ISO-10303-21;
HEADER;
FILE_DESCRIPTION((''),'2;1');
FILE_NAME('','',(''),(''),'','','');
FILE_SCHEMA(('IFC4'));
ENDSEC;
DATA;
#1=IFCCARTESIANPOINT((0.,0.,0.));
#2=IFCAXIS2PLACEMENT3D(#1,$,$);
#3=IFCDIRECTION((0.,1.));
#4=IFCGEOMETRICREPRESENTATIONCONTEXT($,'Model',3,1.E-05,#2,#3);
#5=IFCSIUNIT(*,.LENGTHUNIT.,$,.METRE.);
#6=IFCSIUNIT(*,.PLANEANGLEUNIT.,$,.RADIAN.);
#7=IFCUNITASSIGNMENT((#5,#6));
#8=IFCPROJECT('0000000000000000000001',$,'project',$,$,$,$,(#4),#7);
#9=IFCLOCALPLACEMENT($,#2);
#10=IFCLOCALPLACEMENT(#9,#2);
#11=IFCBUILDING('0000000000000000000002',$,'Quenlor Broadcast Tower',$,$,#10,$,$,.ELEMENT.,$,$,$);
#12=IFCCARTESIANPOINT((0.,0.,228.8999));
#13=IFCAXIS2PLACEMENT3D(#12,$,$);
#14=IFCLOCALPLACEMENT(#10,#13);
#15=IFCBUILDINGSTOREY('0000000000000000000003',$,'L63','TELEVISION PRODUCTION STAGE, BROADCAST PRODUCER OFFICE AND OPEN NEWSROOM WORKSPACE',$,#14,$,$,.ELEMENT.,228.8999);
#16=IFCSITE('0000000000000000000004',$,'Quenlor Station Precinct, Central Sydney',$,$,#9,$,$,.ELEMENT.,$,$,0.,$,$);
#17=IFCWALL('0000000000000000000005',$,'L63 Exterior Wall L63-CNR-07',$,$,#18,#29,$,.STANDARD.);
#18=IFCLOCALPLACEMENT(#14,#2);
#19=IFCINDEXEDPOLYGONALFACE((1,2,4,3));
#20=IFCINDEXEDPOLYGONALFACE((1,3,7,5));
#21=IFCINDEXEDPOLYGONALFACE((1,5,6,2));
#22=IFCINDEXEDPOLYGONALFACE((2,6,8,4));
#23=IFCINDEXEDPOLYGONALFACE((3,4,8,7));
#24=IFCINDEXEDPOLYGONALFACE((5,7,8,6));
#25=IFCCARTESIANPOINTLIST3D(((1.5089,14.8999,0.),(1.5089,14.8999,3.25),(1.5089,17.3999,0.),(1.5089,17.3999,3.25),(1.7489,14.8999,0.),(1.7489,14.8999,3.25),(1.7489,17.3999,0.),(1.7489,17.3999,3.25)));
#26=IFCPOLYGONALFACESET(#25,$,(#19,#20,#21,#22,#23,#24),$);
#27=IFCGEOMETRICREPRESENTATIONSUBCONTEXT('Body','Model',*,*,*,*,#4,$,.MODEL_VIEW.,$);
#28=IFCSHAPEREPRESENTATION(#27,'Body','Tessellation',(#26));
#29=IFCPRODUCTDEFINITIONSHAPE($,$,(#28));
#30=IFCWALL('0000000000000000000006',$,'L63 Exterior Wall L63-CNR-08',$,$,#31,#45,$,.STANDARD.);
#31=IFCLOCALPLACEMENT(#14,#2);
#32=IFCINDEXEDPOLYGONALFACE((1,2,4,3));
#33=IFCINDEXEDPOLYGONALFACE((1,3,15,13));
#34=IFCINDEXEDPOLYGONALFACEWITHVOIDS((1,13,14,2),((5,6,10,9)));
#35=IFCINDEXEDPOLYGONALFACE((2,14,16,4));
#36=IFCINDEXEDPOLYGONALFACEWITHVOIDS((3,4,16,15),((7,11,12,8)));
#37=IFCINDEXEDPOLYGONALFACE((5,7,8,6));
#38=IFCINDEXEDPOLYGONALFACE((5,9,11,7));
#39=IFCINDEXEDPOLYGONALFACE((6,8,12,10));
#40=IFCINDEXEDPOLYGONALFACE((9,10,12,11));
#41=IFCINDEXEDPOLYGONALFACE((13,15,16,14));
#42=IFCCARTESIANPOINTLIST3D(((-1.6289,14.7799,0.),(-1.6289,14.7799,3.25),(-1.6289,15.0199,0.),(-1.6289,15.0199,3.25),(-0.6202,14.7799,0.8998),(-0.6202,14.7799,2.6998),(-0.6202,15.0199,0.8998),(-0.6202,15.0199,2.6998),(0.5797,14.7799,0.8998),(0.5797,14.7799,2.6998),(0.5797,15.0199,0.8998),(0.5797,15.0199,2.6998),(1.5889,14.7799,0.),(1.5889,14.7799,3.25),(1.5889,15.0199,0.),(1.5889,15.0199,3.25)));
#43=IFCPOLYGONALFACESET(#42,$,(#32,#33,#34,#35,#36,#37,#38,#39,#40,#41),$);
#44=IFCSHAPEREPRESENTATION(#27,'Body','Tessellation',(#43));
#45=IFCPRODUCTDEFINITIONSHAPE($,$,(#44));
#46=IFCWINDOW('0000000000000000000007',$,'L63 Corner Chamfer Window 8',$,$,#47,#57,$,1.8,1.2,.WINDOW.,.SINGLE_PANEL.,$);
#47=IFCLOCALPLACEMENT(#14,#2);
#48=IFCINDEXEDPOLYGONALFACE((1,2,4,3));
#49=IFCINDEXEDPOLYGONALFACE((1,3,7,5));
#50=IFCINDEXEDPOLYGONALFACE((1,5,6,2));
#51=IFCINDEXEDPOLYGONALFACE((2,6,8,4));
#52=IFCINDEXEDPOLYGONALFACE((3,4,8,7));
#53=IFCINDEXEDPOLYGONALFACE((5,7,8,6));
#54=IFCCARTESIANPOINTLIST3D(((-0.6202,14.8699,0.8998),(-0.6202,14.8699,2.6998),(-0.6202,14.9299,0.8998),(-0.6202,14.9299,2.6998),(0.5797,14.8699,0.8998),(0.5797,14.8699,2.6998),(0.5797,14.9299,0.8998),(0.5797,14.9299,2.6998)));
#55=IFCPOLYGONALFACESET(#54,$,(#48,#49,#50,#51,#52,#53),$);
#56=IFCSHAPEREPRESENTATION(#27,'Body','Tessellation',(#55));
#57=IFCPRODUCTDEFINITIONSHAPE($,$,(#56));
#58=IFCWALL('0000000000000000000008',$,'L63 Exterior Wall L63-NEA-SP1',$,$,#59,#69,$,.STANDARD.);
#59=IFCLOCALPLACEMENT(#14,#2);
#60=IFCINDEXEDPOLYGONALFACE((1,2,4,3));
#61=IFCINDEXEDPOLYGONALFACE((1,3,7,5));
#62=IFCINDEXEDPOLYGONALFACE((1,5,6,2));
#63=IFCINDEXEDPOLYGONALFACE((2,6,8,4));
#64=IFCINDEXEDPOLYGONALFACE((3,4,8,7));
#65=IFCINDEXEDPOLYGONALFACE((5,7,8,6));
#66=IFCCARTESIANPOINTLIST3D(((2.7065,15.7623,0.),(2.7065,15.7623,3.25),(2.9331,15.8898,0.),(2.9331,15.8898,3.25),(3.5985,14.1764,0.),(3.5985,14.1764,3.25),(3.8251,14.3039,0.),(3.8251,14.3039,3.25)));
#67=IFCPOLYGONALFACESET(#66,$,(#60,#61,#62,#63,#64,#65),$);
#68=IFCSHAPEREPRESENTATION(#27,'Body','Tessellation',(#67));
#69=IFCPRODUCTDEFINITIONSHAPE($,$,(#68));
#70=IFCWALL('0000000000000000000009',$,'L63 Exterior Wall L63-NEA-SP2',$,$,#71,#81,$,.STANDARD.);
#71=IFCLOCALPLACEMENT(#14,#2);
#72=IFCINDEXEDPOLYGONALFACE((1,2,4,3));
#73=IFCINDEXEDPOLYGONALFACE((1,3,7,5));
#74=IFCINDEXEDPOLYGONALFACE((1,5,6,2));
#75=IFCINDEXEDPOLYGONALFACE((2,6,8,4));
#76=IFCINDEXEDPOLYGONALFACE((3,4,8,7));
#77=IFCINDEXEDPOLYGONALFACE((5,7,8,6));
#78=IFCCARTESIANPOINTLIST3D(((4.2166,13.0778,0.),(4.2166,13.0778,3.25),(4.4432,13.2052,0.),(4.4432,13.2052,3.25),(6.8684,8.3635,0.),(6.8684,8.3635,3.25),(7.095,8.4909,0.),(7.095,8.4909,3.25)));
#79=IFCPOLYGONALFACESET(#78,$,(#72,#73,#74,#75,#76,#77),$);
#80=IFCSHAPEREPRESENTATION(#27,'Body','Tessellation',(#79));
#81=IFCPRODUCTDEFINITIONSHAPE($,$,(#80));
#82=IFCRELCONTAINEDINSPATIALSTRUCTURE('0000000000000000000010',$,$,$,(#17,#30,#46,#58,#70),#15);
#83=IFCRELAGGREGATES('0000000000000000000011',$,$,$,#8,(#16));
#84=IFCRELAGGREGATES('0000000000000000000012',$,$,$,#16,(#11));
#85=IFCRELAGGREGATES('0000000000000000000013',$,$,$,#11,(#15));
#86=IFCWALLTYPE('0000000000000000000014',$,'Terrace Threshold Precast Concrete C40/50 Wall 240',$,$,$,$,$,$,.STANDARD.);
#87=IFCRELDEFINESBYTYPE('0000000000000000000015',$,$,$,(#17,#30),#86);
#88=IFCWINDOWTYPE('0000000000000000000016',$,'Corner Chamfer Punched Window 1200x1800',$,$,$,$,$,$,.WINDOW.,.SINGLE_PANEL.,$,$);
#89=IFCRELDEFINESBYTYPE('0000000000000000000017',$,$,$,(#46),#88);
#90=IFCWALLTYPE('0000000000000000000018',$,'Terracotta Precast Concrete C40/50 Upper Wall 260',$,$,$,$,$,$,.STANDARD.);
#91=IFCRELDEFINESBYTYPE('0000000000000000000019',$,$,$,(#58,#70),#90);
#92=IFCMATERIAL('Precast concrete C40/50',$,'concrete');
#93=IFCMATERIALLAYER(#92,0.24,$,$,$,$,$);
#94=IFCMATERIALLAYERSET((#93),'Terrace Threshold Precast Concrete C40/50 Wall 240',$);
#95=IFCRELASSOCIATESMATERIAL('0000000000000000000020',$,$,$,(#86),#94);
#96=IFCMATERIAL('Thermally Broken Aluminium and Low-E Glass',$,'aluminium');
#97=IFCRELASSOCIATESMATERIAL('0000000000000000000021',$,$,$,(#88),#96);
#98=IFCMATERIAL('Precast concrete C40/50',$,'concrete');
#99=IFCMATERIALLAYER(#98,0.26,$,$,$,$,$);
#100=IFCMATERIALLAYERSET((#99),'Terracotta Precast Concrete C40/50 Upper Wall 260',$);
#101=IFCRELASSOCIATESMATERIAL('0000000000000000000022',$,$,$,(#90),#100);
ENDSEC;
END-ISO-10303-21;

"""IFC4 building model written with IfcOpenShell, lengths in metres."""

from ifc_helpers import new_model, si_unit, direction, frame, frame_2d, origin, place, context, subcontext, project, spatial, rectangle, extrude, material, layer, layer_set, type_object, element, fill, save


model = new_model("IFC4")

# Units and contexts
model_context = context("Model", 3, precision=1e-05, world=origin(), true_north=direction((0.0, 1.0)))
body_context = subcontext(model_context, "Body", "Model", "MODEL_VIEW")
ifc_project = project(units=[si_unit("LENGTHUNIT", "METRE"), si_unit("PLANEANGLEUNIT", "RADIAN")], contexts=[model_context])

# Site, building, storey
site_placement = place(None, origin())
site = spatial("IfcSite", under=ifc_project, at=site_placement, Name="Quenlor Station Precinct, Central Sydney", CompositionType="ELEMENT", RefElevation=0.0)
building_placement = place(site_placement, origin())
building = spatial("IfcBuilding", under=site, at=building_placement, Name="Quenlor Broadcast Tower", CompositionType="ELEMENT")
storey_placement = place(building_placement, frame((0.0, 0.0, 228.8999)))
storey = spatial("IfcBuildingStorey", under=building, at=storey_placement, Name="L63", Description="TELEVISION PRODUCTION STAGE, BROADCAST PRODUCER OFFICE AND OPEN NEWSROOM WORKSPACE", CompositionType="ELEMENT", Elevation=228.8999)

# Wall
ifc_material_1 = material(Name="Precast concrete C40/50", Category="concrete")
ifc_layer_1 = layer(ifc_material_1, 0.24)
ifc_layer_set_1 = layer_set([ifc_layer_1], Name="Terrace Threshold Precast Concrete C40/50 Wall 240")
wall_type_1 = type_object("IfcWallType", Name="Terrace Threshold Precast Concrete C40/50 Wall 240", PredefinedType="STANDARD", material=ifc_layer_set_1)
wall_1_placement = place(storey_placement, frame((1.6289, 17.3999, 0.0), z_axis=(0.0, 0.0, 1.0), x_axis=(0.0, -1.0, 0.0)))
element("IfcWall", 1, at=wall_1_placement, inside=storey, type_object=wall_type_1, Name="L63 Exterior Wall L63-CNR-07", PredefinedType="STANDARD", context=body_context, shape_type="SweptSolid", body=[
    extrude(rectangle(XDim=2.5, YDim=0.24, at=frame_2d((1.25, 0.0))), origin(), (0.0, 0.0, 1.0), 3.25),
])

# Wall, opening, window
wall_2_placement = place(storey_placement, frame((1.5889, 14.8999, 0.0), z_axis=(0.0, 0.0, 1.0), x_axis=(-1.0, 0.0, 0.0)))
wall_2 = element("IfcWall", 2, at=wall_2_placement, inside=storey, type_object=wall_type_1, Name="L63 Exterior Wall L63-CNR-08", PredefinedType="STANDARD", context=body_context, shape_type="SweptSolid", body=[
    extrude(rectangle(XDim=3.2178, YDim=0.24, at=frame_2d((1.6089, 0.0))), origin(), (0.0, 0.0, 1.0), 3.25),
])
opening_placement = place(wall_2_placement, frame((1.009, 0.0, 0.8999)))
opening = element("IfcOpeningElement", 3, at=opening_placement, cuts=wall_2, PredefinedType="OPENING", context=body_context, shape_type="SweptSolid", body=[
    extrude(rectangle(XDim=1.2, YDim=1.8, at=frame_2d((0.6001, 0.8999))), frame((0.0, 0.1299, 0.0), z_axis=(0.0, -1.0, 0.0), x_axis=(1.0, 0.0, 0.0)), (0.0, 0.0, 1.0), 0.26),
])
ifc_material_2 = material(Name="Thermally Broken Aluminium and Low-E Glass", Category="aluminium")
window_type = type_object("IfcWindowType", Name="Corner Chamfer Punched Window 1200x1800", PartitioningType="SINGLE_PANEL", PredefinedType="WINDOW", material=ifc_material_2)
window_placement = place(opening_placement, origin())
window = element("IfcWindow", 4, at=window_placement, inside=storey, type_object=window_type, Name="L63 Corner Chamfer Window 8", OverallHeight=1.8, OverallWidth=1.2, PartitioningType="SINGLE_PANEL", PredefinedType="WINDOW", context=body_context, shape_type="SweptSolid", body=[
    extrude(rectangle(XDim=1.2, YDim=1.8, at=frame_2d((0.6001, 0.8999))), frame((0.0, 0.03, 0.0), z_axis=(0.0, -1.0, 0.0), x_axis=(1.0, 0.0, 0.0)), (0.0, 0.0, 1.0), 0.0601),
])
fill(opening, window)

# Walls
ifc_material_3 = material(Name="Precast concrete C40/50", Category="concrete")
ifc_layer_2 = layer(ifc_material_3, 0.26)
ifc_layer_set_2 = layer_set([ifc_layer_2], Name="Terracotta Precast Concrete C40/50 Upper Wall 260")
wall_type_2 = type_object("IfcWallType", Name="Terracotta Precast Concrete C40/50 Upper Wall 260", PredefinedType="STANDARD", material=ifc_layer_set_2)
wall_3_placement = place(storey_placement, frame((2.8198, 15.8259, 0.0), z_axis=(0.0, 0.0, 1.0), x_axis=(0.490261, -0.871576, 0.0)))
element("IfcWall", 5, at=wall_3_placement, inside=storey, type_object=wall_type_2, Name="L63 Exterior Wall L63-NEA-SP1", PredefinedType="STANDARD", context=body_context, shape_type="SweptSolid", body=[
    extrude(rectangle(XDim=1.8196, YDim=0.26, at=frame_2d((0.9097, 0.0))), origin(), (0.0, 0.0, 1.0), 3.25),
])
wall_4_placement = place(storey_placement, frame((4.3298, 13.1416, 0.0), z_axis=(0.0, 0.0, 1.0), x_axis=(0.490266, -0.871573, 0.0)))
element("IfcWall", 6, at=wall_4_placement, inside=storey, type_object=wall_type_2, Name="L63 Exterior Wall L63-NEA-SP2", PredefinedType="STANDARD", context=body_context, shape_type="SweptSolid", body=[
    extrude(rectangle(XDim=5.4089, YDim=0.26, at=frame_2d((2.7046, 0.0))), origin(), (0.0, 0.0, 1.0), 3.25),
])

save(model, "model.ifc")
